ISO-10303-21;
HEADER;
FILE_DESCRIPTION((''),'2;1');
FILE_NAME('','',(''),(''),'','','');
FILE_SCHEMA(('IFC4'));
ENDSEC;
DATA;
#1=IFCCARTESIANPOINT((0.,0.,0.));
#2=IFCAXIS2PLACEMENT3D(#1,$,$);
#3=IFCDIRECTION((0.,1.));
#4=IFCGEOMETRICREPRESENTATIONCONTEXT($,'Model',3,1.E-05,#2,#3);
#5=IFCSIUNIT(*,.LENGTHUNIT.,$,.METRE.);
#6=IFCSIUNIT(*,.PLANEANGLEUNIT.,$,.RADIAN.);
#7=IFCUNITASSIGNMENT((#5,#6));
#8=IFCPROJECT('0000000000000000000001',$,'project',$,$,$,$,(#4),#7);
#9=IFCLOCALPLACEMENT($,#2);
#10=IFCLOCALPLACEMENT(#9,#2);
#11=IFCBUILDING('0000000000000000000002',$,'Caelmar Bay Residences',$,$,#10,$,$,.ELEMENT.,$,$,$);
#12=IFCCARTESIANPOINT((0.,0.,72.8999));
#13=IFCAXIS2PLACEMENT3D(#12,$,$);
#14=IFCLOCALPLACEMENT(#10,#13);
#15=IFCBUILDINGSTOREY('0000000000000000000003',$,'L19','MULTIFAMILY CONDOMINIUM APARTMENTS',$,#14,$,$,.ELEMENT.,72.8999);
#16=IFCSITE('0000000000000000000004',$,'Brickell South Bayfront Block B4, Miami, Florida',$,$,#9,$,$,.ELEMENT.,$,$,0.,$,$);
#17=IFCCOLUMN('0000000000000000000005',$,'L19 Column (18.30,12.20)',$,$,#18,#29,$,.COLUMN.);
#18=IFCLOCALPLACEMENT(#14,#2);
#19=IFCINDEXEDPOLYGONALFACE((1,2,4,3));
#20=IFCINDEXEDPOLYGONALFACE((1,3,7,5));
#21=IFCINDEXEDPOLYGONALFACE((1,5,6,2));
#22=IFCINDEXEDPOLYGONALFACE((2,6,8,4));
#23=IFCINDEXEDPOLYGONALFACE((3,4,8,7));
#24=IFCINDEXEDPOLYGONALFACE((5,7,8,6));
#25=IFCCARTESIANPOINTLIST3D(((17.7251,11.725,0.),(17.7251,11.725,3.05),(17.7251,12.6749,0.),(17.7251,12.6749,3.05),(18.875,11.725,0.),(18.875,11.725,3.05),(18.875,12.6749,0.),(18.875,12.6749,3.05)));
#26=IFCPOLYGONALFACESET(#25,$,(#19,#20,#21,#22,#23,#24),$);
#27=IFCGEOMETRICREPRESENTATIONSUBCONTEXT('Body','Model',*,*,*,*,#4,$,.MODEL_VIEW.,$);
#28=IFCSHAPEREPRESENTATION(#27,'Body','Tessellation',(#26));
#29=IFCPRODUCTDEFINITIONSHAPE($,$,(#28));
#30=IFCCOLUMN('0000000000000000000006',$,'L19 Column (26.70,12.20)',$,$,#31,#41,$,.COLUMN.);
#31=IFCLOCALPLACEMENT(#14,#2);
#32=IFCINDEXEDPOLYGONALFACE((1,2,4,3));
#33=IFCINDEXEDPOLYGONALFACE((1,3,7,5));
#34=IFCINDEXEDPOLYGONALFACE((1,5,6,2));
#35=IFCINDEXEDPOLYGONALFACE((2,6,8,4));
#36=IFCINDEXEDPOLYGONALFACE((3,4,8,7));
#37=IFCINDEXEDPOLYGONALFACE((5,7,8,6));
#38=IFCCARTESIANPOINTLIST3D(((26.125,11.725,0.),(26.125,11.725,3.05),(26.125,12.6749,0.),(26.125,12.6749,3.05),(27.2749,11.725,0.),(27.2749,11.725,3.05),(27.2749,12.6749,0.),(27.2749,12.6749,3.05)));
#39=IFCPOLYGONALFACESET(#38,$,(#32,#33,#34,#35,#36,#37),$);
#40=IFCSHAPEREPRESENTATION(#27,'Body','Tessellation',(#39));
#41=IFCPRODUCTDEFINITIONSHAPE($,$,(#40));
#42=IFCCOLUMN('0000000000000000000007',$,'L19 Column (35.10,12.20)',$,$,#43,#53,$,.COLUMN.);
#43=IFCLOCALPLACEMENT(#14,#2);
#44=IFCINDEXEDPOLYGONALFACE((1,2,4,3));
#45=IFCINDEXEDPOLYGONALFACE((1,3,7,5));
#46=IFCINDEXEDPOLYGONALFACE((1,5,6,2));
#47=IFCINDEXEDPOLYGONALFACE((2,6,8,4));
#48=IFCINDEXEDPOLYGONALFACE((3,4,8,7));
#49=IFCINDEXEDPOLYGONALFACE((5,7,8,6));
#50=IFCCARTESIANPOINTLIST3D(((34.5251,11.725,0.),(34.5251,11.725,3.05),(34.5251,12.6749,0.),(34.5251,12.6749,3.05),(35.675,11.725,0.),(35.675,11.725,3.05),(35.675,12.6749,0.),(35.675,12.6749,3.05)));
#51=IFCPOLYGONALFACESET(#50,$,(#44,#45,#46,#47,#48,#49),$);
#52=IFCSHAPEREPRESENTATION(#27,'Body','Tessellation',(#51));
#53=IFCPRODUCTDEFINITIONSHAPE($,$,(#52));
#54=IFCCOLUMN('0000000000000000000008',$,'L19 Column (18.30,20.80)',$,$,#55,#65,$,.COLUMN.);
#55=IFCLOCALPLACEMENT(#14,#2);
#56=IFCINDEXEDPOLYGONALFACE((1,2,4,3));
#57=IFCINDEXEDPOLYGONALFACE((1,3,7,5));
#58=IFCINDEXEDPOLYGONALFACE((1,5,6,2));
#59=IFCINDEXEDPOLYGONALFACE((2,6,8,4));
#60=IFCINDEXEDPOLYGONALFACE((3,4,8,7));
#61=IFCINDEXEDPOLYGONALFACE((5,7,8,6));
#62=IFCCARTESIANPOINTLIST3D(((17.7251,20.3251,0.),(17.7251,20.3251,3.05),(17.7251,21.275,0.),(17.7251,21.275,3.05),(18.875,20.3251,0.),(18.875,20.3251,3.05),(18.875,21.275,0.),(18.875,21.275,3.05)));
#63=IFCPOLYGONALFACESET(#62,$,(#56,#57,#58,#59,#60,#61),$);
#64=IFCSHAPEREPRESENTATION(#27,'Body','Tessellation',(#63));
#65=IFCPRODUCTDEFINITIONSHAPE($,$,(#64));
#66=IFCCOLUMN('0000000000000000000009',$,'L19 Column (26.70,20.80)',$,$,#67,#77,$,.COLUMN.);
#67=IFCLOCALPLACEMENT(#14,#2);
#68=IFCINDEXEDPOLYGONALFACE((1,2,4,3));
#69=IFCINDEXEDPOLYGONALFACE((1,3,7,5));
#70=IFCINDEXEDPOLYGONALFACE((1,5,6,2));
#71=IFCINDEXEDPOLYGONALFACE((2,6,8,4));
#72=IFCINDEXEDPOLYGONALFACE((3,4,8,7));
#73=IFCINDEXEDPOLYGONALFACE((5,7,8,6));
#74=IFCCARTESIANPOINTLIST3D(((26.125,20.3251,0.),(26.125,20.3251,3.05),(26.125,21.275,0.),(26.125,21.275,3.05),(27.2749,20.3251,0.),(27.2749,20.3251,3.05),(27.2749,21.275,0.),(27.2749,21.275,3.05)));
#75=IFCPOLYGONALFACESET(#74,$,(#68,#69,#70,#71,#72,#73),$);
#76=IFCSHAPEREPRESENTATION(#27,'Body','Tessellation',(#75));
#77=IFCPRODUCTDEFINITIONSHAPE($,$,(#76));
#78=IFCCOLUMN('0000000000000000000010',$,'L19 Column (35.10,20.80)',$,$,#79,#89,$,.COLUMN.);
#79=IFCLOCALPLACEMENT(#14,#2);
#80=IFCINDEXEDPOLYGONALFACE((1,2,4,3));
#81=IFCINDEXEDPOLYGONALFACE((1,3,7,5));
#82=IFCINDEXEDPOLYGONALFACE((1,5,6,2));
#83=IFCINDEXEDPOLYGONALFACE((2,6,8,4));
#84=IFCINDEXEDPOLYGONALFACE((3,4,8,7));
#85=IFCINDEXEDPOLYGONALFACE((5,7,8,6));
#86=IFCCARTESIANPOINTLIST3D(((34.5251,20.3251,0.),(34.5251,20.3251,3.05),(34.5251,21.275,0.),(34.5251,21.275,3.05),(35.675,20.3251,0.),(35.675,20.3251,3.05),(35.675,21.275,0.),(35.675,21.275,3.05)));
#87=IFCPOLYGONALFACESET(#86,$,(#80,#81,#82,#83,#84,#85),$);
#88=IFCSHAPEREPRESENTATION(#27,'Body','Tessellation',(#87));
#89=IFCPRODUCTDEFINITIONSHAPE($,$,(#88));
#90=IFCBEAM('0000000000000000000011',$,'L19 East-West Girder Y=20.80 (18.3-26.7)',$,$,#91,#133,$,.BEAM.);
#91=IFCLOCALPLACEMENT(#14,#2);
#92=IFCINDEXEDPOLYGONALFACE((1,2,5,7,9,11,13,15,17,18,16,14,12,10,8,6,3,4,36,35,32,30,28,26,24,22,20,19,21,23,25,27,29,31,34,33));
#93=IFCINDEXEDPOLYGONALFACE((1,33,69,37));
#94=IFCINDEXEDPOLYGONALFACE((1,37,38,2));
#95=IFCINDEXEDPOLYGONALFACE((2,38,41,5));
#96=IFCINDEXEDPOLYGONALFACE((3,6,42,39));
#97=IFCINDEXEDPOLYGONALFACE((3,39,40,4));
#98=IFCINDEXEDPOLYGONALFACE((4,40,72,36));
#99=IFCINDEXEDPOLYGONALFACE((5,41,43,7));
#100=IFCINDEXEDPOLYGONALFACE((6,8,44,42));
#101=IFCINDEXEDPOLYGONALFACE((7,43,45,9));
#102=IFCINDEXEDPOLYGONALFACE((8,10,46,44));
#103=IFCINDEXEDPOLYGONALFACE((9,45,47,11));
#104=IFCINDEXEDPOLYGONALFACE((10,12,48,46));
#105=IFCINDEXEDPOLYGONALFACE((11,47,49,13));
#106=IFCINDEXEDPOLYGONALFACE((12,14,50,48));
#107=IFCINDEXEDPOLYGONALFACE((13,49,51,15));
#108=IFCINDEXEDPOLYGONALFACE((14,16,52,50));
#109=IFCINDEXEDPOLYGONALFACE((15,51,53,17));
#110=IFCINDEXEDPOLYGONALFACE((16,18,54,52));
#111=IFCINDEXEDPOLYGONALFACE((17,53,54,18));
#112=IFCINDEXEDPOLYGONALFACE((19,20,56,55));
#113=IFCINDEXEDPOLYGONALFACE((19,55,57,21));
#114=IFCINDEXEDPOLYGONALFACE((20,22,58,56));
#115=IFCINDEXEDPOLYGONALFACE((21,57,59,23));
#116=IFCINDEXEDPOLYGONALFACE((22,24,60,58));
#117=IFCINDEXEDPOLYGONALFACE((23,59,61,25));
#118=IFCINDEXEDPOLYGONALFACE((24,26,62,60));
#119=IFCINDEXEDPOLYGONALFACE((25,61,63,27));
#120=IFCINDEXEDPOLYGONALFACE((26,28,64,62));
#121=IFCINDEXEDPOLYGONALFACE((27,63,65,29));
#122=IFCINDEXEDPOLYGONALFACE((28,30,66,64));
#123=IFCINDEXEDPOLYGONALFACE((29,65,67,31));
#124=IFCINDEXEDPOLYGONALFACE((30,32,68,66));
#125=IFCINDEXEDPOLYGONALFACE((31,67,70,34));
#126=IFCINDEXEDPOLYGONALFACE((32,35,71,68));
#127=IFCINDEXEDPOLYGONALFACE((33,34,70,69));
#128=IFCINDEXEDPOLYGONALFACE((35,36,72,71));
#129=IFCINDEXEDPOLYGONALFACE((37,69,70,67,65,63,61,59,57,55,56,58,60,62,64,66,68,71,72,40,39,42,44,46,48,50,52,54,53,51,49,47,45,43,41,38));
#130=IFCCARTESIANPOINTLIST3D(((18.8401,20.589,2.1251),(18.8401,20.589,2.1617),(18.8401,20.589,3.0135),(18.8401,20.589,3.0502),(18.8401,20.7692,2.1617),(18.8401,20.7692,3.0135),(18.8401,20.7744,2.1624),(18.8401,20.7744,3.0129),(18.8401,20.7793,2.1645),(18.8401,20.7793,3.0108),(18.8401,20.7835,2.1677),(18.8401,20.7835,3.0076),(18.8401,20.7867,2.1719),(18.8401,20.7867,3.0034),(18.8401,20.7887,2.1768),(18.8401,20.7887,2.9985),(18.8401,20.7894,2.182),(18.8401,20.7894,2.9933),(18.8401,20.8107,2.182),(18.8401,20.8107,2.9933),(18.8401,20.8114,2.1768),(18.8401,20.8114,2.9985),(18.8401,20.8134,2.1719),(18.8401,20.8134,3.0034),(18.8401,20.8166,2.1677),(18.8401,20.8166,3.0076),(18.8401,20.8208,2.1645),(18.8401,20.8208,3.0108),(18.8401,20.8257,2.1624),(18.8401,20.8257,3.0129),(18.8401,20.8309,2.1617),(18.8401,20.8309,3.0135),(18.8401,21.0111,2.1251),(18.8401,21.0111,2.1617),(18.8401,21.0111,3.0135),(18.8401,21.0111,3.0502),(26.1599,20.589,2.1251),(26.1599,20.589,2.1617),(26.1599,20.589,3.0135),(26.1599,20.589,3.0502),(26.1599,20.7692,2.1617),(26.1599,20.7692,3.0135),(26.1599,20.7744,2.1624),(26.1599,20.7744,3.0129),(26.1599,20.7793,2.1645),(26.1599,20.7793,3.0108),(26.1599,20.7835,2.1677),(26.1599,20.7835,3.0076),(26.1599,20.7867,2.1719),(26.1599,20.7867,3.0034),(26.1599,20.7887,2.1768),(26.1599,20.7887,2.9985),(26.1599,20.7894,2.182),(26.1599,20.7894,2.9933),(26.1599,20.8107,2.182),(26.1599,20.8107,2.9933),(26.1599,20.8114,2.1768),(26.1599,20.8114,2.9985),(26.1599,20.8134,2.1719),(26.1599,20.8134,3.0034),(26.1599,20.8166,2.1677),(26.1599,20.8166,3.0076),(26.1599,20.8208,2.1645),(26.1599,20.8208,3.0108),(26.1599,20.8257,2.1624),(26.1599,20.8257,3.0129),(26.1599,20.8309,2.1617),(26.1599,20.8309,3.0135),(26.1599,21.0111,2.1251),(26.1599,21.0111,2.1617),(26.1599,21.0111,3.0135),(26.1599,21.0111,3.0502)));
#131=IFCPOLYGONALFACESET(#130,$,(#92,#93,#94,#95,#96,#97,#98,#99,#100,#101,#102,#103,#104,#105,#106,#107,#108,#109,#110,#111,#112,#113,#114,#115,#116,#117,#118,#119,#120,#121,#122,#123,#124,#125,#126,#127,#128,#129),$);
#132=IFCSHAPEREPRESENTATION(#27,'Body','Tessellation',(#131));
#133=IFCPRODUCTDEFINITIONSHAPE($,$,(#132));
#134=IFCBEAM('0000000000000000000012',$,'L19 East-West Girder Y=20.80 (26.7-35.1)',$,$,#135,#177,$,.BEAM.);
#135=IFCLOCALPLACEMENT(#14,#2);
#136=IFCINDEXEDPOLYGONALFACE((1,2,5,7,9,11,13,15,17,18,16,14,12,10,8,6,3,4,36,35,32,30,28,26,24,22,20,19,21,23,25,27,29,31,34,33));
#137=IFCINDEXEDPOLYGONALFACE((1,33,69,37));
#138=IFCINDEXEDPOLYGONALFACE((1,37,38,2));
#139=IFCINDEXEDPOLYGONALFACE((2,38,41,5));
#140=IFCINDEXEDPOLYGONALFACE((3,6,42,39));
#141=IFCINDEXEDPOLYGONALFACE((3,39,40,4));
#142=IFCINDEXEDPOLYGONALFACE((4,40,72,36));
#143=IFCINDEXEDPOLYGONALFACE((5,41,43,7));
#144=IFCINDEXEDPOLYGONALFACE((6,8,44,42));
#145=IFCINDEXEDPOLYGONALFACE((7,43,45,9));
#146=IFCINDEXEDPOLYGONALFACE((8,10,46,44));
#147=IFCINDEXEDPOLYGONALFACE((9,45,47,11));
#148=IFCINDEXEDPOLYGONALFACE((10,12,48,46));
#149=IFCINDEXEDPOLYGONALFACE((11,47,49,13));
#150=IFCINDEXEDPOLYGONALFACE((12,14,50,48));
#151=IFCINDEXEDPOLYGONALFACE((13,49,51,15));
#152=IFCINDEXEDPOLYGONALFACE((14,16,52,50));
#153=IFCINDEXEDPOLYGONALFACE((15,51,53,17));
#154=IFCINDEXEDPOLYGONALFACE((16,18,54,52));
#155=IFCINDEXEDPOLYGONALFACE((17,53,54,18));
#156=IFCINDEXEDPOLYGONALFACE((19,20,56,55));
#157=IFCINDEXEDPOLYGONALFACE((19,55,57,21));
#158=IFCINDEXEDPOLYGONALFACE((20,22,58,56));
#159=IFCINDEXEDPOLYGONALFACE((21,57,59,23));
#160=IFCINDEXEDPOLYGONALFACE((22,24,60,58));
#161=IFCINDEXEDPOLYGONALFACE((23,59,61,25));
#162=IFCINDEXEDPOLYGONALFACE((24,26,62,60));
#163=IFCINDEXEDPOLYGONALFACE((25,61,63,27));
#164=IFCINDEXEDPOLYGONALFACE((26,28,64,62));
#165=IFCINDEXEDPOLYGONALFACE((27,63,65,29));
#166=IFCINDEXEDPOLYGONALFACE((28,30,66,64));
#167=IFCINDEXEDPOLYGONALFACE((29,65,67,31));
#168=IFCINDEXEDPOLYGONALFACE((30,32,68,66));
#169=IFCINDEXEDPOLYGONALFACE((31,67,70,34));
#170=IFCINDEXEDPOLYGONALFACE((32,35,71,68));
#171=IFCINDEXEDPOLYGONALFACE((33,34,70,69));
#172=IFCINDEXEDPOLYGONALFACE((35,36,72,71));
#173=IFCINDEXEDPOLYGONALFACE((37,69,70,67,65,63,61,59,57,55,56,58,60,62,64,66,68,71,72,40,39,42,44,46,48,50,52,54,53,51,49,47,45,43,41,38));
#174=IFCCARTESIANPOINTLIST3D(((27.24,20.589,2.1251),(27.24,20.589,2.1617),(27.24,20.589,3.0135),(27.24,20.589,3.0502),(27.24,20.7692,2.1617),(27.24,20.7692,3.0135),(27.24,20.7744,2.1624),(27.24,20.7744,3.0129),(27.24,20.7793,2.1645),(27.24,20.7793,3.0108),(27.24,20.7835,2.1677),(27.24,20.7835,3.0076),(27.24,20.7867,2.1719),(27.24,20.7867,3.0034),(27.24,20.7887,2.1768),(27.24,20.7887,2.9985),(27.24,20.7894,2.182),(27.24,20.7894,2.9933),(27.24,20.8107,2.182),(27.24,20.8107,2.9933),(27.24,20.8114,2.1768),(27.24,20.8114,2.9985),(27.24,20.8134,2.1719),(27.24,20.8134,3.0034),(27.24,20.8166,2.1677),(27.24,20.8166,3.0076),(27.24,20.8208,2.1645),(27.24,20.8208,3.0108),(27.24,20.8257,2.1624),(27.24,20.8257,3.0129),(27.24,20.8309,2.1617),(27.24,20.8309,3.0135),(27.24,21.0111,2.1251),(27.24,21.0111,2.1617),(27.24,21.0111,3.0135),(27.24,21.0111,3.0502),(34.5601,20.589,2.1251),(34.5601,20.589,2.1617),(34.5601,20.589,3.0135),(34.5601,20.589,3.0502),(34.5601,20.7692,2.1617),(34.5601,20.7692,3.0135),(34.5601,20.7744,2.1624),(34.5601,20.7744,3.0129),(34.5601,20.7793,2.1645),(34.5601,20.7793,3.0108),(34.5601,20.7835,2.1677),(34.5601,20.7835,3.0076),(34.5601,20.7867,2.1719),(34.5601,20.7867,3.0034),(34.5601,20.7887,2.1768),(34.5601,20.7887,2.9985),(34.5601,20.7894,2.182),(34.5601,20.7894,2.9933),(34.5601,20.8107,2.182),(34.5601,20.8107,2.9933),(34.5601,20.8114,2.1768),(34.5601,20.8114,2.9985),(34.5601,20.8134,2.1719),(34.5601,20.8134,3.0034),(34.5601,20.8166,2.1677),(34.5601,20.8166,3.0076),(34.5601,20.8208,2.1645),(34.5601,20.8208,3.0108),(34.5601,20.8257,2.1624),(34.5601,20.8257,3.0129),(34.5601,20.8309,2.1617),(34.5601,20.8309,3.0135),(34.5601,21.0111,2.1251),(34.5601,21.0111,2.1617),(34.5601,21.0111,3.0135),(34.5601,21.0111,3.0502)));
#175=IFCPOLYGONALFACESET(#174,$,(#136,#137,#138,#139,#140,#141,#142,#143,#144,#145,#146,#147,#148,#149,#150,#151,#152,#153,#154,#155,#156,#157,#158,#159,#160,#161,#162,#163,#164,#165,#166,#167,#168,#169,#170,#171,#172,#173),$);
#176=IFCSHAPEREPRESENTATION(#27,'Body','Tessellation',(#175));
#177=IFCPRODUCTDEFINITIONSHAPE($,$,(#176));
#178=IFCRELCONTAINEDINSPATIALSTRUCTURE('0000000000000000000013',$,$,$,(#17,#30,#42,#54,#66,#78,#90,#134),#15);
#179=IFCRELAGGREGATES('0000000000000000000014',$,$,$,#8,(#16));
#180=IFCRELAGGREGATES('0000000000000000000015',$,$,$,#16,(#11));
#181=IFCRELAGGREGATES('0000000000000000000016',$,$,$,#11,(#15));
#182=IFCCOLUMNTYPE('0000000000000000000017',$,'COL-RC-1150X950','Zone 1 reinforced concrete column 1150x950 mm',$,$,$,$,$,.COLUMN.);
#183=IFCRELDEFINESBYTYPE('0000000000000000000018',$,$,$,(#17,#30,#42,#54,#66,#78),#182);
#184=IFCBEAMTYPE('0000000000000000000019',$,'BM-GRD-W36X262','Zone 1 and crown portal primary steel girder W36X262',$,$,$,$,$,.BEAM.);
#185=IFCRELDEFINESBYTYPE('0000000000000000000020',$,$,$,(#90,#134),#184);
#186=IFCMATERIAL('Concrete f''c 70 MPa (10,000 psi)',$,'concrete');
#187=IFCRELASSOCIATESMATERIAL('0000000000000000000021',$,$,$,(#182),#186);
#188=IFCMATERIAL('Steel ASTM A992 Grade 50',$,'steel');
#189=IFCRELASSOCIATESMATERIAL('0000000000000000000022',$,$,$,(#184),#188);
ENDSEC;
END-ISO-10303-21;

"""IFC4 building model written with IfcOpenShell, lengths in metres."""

from ifc_helpers import new_model, si_unit, direction, frame, origin, origin_2d, place, context, subcontext, project, spatial, rectangle, i_section, extrude, material, material_profile, profile_set, type_object, element, save


model = new_model("IFC4")

# Units and contexts
model_context = context("Model", 3, precision=1e-05, world=origin(), true_north=direction((0.0, 1.0)))
body_context = subcontext(model_context, "Body", "Model", "MODEL_VIEW")
ifc_project = project(units=[si_unit("LENGTHUNIT", "METRE"), si_unit("PLANEANGLEUNIT", "RADIAN")], contexts=[model_context])

# Site, building, storey
site_placement = place(None, origin())
site = spatial("IfcSite", under=ifc_project, at=site_placement, Name="Brickell South Bayfront Block B4, Miami, Florida", CompositionType="ELEMENT", RefElevation=0.0)
building_placement = place(site_placement, origin())
building = spatial("IfcBuilding", under=site, at=building_placement, Name="Caelmar Bay Residences", CompositionType="ELEMENT")
storey_placement = place(building_placement, frame((0.0, 0.0, 72.8999)))
storey = spatial("IfcBuildingStorey", under=building, at=storey_placement, Name="L19", Description="MULTIFAMILY CONDOMINIUM APARTMENTS", CompositionType="ELEMENT", Elevation=72.8999)

# Columns
ifc_material_1 = material(Name="Concrete f'c 70 MPa (10,000 psi)", Category="concrete")
ifc_material_profile_1 = material_profile(ifc_material_1, rectangle(XDim=1.1499, YDim=0.95, at=origin_2d()), Name="RC-COL-1150X950")
ifc_profile_set_1 = profile_set([ifc_material_profile_1], Name="Concrete f'c 70 MPa (10,000 psi)")
column_type = type_object("IfcColumnType", Name="COL-RC-1150X950", Description="Zone 1 reinforced concrete column 1150x950 mm", PredefinedType="COLUMN", material=ifc_profile_set_1)
for number, where, z_axis, x_axis, name in (
    (1, (18.3, 12.2, 0.0), (0.0, 0.0, 1.0), (1.0, 0.0, 0.0), "L19 Column (18.30,12.20)"),
    (2, (26.7, 12.2, 0.0), (0.0, 0.0, 1.0), (1.0, 0.0, 0.0), "L19 Column (26.70,12.20)"),
    (3, (35.1001, 12.2, 0.0), (0.0, 0.0, 1.0), (1.0, 0.0, 0.0), "L19 Column (35.10,12.20)"),
    (4, (18.3, 20.8, 0.0), (0.0, 0.0, 1.0), (1.0, 0.0, 0.0), "L19 Column (18.30,20.80)"),
    (5, (26.7, 20.8, 0.0), (0.0, 0.0, 1.0), (1.0, 0.0, 0.0), "L19 Column (26.70,20.80)"),
    (6, (35.1001, 20.8, 0.0), (0.0, 0.0, 1.0), (1.0, 0.0, 0.0), "L19 Column (35.10,20.80)"),
):
    element("IfcColumn", number, at=place(storey_placement, frame(where, z_axis=z_axis, x_axis=x_axis)), inside=storey, type_object=column_type, Name=name, PredefinedType="COLUMN", context=body_context, shape_type="SweptSolid", body=[
        extrude(rectangle(XDim=1.1499, YDim=0.95, at=origin_2d()), origin(), (0.0, 0.0, 1.0), 3.05),
    ])

# Beams
ifc_material_2 = material(Name="Steel ASTM A992 Grade 50", Category="steel")
ifc_material_profile_2 = material_profile(ifc_material_2, i_section(OverallWidth=0.4221, OverallDepth=0.925, WebThickness=0.0212, FlangeThickness=0.0366, FilletRadius=0.0203, at=origin_2d()), Name="W36X262")
ifc_profile_set_2 = profile_set([ifc_material_profile_2], Name="Steel ASTM A992 Grade 50")
beam_type_1 = type_object("IfcBeamType", Name="BM-GRD-W36X262", Description="Zone 1 and crown portal primary steel girder W36X262", PredefinedType="BEAM", material=ifc_profile_set_2)
beam_1_placement = place(storey_placement, frame((18.8401, 20.8, 2.5876), z_axis=(1.0, 0.0, 0.0), x_axis=(0.0, 1.0, 0.0)))
element("IfcBeam", 7, at=beam_1_placement, inside=storey, type_object=beam_type_1, Name="L19 East-West Girder Y=20.80 (18.3-26.7)", PredefinedType="BEAM", context=body_context, shape_type="SweptSolid", body=[
    extrude(i_section(OverallWidth=0.4221, OverallDepth=0.925, WebThickness=0.0212, FlangeThickness=0.0366, FilletRadius=0.0203, at=origin_2d()), origin(), (0.0, 0.0, 1.0), 7.3198),
])
beam_2_placement = place(storey_placement, frame((27.24, 20.8, 2.5876), z_axis=(1.0, 0.0, 0.0), x_axis=(0.0, 1.0, 0.0)))
element("IfcBeam", 8, at=beam_2_placement, inside=storey, type_object=beam_type_1, Name="L19 East-West Girder Y=20.80 (26.7-35.1)", PredefinedType="BEAM", context=body_context, shape_type="SweptSolid", body=[
    extrude(i_section(OverallWidth=0.4221, OverallDepth=0.925, WebThickness=0.0212, FlangeThickness=0.0366, FilletRadius=0.0203, at=origin_2d()), origin(), (0.0, 0.0, 1.0), 7.3201),
])

save(model, "model.ifc")
